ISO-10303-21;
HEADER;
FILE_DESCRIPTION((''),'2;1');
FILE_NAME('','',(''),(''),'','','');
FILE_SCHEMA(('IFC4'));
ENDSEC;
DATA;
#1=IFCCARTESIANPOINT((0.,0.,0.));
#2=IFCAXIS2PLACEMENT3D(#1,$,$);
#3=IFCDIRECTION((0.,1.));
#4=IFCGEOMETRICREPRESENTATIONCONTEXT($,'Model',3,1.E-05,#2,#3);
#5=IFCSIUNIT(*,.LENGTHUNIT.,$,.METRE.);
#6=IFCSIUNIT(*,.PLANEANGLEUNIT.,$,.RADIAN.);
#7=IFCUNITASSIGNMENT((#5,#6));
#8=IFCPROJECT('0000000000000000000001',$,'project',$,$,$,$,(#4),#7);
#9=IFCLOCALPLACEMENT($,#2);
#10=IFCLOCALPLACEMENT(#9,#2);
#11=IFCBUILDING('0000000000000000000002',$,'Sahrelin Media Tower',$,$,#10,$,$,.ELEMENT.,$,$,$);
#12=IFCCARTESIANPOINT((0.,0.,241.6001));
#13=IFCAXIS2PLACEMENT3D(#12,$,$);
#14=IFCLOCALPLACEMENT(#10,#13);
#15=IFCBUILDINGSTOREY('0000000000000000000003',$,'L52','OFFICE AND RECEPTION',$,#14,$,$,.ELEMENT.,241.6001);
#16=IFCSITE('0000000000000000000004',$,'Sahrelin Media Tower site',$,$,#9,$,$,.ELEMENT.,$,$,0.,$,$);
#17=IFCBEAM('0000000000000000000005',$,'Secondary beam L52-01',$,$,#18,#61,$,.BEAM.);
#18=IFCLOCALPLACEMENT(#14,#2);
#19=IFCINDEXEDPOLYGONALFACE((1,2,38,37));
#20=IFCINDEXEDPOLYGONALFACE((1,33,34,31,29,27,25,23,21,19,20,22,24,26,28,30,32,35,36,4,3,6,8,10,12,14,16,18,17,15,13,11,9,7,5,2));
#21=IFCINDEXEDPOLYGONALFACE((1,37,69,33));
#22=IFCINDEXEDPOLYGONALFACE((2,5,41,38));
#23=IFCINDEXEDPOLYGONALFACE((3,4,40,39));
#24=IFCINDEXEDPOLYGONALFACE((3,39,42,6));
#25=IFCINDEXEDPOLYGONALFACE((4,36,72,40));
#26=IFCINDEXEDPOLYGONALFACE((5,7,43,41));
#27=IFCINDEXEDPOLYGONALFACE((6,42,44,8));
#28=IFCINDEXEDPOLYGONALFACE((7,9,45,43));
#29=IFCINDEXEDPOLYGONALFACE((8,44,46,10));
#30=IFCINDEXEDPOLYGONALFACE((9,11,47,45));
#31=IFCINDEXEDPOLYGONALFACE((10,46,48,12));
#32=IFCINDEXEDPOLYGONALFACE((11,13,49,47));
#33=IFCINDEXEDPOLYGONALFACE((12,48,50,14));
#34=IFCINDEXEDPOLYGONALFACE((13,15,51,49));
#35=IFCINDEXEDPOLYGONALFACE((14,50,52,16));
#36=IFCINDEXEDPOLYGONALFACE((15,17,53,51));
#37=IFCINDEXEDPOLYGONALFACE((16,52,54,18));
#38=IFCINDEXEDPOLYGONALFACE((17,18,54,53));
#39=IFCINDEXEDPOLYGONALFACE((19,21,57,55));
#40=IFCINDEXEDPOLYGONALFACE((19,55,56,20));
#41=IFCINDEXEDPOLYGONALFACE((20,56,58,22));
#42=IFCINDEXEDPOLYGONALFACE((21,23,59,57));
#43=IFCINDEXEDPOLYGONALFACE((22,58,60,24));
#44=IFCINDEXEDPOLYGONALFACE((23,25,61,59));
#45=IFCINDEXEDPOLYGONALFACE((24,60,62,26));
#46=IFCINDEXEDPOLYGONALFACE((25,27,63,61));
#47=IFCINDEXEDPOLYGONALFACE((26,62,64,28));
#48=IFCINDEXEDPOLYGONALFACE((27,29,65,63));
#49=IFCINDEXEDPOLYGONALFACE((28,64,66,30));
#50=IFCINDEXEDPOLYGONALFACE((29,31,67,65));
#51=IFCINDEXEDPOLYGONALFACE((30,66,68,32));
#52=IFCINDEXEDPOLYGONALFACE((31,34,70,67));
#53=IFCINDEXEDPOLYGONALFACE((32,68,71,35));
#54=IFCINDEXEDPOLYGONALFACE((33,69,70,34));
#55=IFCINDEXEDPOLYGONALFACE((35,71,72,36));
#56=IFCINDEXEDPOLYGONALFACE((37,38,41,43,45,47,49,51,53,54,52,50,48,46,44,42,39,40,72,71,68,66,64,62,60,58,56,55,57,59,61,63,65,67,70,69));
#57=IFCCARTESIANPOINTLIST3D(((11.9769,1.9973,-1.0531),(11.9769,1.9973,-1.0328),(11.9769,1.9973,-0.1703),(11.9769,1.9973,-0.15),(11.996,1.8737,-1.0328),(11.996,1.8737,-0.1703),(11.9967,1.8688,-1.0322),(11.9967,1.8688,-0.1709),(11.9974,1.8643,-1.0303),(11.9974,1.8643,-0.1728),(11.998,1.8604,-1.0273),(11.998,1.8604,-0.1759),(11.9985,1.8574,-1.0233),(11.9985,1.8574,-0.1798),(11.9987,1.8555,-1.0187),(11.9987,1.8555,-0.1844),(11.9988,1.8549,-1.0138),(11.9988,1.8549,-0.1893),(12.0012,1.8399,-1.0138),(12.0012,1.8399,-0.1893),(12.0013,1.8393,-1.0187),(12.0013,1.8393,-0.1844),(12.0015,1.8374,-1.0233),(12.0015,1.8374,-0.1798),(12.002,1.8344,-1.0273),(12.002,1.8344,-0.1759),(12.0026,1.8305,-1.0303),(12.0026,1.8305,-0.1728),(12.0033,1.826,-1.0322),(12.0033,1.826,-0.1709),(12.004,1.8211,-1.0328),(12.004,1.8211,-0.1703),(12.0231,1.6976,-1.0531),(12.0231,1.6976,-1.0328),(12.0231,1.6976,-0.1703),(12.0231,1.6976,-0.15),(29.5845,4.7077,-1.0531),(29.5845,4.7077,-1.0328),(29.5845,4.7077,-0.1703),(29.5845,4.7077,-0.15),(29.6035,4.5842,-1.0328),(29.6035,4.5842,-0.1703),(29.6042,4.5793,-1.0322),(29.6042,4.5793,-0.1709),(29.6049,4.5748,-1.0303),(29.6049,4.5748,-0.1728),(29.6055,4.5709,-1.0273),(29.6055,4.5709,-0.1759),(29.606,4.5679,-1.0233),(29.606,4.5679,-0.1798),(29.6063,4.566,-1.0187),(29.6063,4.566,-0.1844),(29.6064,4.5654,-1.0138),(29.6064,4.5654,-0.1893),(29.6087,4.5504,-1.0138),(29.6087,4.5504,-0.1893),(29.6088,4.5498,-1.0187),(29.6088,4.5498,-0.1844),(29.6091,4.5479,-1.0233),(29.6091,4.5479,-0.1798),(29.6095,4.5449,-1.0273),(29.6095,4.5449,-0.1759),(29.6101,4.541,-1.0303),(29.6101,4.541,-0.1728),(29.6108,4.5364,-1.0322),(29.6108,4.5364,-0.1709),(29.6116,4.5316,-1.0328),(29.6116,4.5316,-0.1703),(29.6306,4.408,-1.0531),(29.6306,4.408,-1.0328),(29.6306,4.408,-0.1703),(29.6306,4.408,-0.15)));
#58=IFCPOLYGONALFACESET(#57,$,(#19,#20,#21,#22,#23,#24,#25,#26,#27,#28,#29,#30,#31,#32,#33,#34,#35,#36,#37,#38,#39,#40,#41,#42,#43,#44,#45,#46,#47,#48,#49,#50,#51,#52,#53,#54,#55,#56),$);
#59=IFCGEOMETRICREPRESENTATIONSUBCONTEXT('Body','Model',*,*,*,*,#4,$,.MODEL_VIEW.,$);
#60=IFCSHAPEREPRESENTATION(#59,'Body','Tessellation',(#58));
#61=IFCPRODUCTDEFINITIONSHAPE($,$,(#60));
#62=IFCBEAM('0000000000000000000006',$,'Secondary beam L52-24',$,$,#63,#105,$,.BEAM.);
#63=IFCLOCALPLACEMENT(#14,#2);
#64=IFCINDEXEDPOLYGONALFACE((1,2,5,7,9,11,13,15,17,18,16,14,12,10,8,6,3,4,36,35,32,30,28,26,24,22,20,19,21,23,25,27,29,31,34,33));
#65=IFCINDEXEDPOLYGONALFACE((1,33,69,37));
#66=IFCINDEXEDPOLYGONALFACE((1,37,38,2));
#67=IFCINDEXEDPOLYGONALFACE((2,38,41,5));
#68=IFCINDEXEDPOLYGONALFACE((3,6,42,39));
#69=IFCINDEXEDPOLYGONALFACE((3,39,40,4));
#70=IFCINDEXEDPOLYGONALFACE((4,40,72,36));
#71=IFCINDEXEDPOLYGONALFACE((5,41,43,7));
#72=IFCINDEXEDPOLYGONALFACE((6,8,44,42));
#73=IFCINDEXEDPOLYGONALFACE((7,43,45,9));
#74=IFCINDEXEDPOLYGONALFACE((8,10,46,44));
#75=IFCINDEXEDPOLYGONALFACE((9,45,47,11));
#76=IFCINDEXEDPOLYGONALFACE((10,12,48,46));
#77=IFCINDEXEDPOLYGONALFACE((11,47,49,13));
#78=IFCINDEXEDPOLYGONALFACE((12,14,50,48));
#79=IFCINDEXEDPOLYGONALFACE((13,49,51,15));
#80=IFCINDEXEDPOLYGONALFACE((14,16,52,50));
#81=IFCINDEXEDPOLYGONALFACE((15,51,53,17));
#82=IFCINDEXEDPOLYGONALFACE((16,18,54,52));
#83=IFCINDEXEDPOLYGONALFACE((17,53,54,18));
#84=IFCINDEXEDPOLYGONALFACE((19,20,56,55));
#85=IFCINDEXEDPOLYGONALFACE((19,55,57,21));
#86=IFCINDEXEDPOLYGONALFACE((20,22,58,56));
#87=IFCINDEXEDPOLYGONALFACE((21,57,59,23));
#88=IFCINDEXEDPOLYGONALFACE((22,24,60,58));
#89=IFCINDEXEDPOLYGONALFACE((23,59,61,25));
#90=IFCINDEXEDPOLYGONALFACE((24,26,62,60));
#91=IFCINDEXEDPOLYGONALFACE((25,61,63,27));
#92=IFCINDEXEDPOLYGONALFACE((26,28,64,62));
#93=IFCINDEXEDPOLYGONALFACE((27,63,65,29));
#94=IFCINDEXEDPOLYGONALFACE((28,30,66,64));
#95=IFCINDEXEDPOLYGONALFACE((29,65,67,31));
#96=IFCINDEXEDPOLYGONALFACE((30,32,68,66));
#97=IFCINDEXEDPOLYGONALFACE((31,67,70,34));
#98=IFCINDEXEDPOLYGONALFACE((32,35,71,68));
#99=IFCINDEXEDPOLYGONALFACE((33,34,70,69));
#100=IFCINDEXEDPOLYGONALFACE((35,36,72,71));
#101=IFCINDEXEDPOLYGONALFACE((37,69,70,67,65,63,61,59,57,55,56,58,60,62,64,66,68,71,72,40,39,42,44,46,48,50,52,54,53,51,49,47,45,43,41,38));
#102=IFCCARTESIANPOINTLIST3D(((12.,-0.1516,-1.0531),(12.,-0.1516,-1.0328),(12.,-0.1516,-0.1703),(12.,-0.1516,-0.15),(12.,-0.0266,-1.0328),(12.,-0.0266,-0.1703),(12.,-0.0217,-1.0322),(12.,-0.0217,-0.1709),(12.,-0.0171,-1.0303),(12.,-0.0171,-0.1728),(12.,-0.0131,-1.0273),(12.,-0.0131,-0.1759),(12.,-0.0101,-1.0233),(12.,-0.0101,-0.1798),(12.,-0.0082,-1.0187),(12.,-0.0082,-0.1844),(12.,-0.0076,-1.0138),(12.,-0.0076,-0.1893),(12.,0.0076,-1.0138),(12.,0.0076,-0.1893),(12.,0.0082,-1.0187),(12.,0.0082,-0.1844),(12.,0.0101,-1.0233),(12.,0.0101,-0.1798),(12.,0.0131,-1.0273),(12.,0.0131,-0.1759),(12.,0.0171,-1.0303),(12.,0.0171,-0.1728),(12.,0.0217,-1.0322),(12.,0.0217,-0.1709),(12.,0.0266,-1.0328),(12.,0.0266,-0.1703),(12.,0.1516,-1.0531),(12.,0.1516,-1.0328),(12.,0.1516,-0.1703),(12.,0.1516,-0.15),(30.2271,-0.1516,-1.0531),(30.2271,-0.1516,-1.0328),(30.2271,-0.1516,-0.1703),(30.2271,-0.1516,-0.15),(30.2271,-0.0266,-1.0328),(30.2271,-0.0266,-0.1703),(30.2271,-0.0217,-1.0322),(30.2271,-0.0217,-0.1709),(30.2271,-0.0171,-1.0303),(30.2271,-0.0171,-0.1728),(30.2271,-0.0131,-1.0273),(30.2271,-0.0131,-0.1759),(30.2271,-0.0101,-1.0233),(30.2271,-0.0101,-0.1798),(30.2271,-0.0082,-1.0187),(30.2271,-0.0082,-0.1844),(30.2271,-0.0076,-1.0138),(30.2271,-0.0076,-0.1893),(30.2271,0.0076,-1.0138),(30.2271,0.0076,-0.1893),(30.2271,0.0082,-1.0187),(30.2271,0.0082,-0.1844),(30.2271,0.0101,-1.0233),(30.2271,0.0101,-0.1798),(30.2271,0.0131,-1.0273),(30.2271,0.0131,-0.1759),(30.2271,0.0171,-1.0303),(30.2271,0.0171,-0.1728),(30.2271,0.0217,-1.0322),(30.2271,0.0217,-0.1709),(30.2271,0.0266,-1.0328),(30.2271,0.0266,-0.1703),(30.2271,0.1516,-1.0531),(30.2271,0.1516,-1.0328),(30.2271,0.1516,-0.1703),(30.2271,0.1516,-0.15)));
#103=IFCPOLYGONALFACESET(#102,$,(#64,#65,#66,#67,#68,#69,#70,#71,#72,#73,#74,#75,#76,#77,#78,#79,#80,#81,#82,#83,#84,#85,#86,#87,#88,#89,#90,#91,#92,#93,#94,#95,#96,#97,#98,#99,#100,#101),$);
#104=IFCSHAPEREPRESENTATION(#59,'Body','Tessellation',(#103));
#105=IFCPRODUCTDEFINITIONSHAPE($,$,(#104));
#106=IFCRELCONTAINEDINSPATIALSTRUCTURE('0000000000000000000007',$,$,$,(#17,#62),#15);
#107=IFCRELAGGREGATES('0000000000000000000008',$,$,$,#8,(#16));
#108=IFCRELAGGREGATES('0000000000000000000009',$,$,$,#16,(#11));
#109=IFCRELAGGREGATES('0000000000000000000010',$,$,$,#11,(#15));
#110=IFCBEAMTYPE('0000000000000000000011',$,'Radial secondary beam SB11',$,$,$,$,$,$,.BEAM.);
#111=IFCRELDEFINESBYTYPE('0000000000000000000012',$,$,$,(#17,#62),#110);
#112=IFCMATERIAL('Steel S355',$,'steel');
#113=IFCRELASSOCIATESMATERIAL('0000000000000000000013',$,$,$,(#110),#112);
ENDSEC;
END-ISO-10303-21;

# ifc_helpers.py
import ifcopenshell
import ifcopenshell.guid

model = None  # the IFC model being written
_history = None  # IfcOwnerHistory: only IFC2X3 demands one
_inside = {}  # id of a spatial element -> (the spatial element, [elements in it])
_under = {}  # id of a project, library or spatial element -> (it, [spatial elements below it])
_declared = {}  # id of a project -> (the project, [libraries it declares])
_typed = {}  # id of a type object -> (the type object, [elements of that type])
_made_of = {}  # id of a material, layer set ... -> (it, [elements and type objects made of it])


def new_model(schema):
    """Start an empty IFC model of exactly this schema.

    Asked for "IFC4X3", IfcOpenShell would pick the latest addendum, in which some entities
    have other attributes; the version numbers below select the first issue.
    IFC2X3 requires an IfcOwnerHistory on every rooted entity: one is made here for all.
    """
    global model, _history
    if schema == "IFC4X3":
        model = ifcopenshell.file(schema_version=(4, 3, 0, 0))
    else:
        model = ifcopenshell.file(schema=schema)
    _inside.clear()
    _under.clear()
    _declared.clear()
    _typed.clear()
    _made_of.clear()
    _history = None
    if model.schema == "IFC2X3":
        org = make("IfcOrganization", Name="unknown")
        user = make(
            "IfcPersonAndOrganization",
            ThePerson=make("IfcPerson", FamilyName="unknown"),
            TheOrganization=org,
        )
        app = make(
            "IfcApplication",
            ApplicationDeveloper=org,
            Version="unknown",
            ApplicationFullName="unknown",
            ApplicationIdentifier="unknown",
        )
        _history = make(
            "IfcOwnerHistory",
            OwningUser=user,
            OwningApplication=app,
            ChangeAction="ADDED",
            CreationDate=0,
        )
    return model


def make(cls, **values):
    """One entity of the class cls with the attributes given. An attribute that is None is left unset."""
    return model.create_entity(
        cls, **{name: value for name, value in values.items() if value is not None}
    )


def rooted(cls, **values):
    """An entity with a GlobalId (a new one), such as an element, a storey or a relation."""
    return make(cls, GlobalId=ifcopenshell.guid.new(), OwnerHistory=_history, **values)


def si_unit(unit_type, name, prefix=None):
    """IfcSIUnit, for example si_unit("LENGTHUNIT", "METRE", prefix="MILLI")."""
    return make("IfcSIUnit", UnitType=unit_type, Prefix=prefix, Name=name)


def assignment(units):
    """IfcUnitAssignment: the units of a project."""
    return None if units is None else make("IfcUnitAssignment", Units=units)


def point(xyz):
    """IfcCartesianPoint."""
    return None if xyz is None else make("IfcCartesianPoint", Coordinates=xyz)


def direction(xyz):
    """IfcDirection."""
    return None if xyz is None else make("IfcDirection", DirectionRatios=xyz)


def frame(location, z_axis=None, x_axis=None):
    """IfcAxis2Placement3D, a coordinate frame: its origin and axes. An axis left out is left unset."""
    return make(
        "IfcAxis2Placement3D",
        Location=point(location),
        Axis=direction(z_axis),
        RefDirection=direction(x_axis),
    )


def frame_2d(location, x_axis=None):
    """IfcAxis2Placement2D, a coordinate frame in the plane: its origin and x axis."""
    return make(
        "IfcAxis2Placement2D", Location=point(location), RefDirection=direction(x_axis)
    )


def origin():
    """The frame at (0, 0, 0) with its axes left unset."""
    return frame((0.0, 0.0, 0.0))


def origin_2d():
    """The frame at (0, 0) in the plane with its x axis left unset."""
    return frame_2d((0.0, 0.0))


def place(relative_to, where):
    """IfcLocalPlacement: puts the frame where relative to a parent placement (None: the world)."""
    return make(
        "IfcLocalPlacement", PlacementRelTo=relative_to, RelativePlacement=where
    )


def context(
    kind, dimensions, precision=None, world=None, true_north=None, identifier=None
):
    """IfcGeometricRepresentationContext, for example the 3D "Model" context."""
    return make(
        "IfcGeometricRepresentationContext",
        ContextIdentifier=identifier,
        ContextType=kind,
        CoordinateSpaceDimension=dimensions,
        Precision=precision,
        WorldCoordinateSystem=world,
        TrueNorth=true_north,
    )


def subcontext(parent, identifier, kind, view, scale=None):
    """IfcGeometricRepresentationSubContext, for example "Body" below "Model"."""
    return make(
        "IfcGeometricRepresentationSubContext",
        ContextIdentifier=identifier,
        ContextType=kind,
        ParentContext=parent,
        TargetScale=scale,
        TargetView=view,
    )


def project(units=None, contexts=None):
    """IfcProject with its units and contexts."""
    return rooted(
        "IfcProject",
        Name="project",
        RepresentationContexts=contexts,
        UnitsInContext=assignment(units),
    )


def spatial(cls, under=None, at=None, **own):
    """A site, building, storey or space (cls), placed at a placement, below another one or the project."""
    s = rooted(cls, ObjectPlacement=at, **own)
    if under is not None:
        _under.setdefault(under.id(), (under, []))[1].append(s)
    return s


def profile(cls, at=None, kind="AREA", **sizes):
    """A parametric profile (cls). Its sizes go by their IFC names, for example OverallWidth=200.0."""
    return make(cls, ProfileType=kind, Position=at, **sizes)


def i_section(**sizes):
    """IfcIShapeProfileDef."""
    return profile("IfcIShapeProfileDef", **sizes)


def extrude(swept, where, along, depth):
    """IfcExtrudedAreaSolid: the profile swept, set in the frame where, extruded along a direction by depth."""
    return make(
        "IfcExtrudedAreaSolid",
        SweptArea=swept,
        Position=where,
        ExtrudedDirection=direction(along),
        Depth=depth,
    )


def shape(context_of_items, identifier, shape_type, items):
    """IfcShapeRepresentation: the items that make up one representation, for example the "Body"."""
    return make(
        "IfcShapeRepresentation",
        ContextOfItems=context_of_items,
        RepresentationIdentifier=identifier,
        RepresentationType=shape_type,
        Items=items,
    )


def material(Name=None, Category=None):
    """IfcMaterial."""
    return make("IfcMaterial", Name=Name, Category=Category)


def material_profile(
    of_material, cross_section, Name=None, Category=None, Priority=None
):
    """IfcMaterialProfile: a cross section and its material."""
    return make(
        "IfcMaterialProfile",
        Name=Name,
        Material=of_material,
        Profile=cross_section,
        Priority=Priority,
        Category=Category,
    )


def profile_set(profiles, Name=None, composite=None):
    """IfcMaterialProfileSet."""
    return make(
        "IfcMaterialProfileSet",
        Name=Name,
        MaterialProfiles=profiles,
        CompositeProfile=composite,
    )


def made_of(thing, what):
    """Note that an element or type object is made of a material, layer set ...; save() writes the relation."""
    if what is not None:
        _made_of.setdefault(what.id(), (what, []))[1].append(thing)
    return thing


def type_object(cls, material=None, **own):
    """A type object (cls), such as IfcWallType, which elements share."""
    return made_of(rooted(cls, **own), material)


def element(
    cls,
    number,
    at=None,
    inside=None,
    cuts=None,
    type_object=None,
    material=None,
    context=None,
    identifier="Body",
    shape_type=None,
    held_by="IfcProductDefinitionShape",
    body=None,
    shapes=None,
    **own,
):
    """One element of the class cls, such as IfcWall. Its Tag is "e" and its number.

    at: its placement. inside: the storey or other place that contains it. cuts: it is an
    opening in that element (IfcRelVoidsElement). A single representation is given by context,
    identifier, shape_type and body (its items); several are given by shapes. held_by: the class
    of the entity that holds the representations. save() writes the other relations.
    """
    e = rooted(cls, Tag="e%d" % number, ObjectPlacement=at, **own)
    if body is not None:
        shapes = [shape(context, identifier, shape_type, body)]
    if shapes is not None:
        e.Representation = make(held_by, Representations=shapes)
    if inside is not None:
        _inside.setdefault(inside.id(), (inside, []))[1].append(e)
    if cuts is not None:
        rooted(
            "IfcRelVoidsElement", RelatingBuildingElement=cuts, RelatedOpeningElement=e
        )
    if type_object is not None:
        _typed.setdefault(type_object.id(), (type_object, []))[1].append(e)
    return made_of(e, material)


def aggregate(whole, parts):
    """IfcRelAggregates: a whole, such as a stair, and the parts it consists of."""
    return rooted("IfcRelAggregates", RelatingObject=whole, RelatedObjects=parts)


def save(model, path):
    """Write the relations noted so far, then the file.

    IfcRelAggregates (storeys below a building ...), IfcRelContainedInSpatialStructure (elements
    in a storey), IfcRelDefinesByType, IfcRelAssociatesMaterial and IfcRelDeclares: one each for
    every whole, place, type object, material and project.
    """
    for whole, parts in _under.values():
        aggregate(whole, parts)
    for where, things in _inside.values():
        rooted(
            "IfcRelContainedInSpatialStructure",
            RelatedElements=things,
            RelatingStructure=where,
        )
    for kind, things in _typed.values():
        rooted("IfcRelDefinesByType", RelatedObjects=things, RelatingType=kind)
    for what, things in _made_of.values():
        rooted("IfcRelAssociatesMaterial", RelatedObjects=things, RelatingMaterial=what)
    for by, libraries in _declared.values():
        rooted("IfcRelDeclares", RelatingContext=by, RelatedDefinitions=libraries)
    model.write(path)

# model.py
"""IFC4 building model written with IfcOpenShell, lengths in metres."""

from ifc_helpers import new_model, si_unit, direction, frame, origin, origin_2d, place, context, subcontext, project, spatial, i_section, extrude, material, material_profile, profile_set, type_object, element, save


model = new_model("IFC4")

# Units and contexts
model_context = context("Model", 3, precision=1e-05, world=origin(), true_north=direction((0.0, 1.0)))
body_context = subcontext(model_context, "Body", "Model", "MODEL_VIEW")
ifc_project = project(units=[si_unit("LENGTHUNIT", "METRE"), si_unit("PLANEANGLEUNIT", "RADIAN")], contexts=[model_context])

# Site, building, storey
site_placement = place(None, origin())
site = spatial("IfcSite", under=ifc_project, at=site_placement, Name="Sahrelin Media Tower site", CompositionType="ELEMENT", RefElevation=0.0)
building_placement = place(site_placement, origin())
building = spatial("IfcBuilding", under=site, at=building_placement, Name="Sahrelin Media Tower", CompositionType="ELEMENT")
storey_placement = place(building_placement, frame((0.0, 0.0, 241.6001)))
storey = spatial("IfcBuildingStorey", under=building, at=storey_placement, Name="L52", Description="OFFICE AND RECEPTION", CompositionType="ELEMENT", Elevation=241.6001)

# Beams
ifc_material_1 = material(Name="Steel S355", Category="steel")
ifc_material_profile_1 = material_profile(ifc_material_1, i_section(OverallWidth=0.3032, OverallDepth=0.9031, WebThickness=0.0151, FlangeThickness=0.0203, FilletRadius=0.019, at=origin_2d()), Name="UB 914x305x201")
ifc_profile_set_1 = profile_set([ifc_material_profile_1], Name="Steel S355")
beam_type_1 = type_object("IfcBeamType", Name="Radial secondary beam SB11", PredefinedType="BEAM", material=ifc_profile_set_1)
beam_1_placement = place(storey_placement, frame((12.0, 1.8474, -0.6016), z_axis=(0.988358, 0.152146, 0.0), x_axis=(-0.152146, 0.988358, 0.0)))
element("IfcBeam", 1, at=beam_1_placement, inside=storey, type_object=beam_type_1, Name="Secondary beam L52-01", PredefinedType="BEAM", context=body_context, shape_type="SweptSolid", body=[
    extrude(i_section(OverallWidth=0.3032, OverallDepth=0.9031, WebThickness=0.0151, FlangeThickness=0.0203, FilletRadius=0.019, at=origin_2d()), origin(), (0.0, 0.0, 1.0), 17.8149),
])
beam_2_placement = place(storey_placement, frame((12.0, 0.0, -0.6016), z_axis=(1.0, 0.0, 0.0), x_axis=(0.0, 1.0, 0.0)))
element("IfcBeam", 2, at=beam_2_placement, inside=storey, type_object=beam_type_1, Name="Secondary beam L52-24", PredefinedType="BEAM", context=body_context, shape_type="SweptSolid", body=[
    extrude(i_section(OverallWidth=0.3032, OverallDepth=0.9031, WebThickness=0.0151, FlangeThickness=0.0203, FilletRadius=0.019, at=origin_2d()), origin(), (0.0, 0.0, 1.0), 18.2271),
])

save(model, "model.ifc")
